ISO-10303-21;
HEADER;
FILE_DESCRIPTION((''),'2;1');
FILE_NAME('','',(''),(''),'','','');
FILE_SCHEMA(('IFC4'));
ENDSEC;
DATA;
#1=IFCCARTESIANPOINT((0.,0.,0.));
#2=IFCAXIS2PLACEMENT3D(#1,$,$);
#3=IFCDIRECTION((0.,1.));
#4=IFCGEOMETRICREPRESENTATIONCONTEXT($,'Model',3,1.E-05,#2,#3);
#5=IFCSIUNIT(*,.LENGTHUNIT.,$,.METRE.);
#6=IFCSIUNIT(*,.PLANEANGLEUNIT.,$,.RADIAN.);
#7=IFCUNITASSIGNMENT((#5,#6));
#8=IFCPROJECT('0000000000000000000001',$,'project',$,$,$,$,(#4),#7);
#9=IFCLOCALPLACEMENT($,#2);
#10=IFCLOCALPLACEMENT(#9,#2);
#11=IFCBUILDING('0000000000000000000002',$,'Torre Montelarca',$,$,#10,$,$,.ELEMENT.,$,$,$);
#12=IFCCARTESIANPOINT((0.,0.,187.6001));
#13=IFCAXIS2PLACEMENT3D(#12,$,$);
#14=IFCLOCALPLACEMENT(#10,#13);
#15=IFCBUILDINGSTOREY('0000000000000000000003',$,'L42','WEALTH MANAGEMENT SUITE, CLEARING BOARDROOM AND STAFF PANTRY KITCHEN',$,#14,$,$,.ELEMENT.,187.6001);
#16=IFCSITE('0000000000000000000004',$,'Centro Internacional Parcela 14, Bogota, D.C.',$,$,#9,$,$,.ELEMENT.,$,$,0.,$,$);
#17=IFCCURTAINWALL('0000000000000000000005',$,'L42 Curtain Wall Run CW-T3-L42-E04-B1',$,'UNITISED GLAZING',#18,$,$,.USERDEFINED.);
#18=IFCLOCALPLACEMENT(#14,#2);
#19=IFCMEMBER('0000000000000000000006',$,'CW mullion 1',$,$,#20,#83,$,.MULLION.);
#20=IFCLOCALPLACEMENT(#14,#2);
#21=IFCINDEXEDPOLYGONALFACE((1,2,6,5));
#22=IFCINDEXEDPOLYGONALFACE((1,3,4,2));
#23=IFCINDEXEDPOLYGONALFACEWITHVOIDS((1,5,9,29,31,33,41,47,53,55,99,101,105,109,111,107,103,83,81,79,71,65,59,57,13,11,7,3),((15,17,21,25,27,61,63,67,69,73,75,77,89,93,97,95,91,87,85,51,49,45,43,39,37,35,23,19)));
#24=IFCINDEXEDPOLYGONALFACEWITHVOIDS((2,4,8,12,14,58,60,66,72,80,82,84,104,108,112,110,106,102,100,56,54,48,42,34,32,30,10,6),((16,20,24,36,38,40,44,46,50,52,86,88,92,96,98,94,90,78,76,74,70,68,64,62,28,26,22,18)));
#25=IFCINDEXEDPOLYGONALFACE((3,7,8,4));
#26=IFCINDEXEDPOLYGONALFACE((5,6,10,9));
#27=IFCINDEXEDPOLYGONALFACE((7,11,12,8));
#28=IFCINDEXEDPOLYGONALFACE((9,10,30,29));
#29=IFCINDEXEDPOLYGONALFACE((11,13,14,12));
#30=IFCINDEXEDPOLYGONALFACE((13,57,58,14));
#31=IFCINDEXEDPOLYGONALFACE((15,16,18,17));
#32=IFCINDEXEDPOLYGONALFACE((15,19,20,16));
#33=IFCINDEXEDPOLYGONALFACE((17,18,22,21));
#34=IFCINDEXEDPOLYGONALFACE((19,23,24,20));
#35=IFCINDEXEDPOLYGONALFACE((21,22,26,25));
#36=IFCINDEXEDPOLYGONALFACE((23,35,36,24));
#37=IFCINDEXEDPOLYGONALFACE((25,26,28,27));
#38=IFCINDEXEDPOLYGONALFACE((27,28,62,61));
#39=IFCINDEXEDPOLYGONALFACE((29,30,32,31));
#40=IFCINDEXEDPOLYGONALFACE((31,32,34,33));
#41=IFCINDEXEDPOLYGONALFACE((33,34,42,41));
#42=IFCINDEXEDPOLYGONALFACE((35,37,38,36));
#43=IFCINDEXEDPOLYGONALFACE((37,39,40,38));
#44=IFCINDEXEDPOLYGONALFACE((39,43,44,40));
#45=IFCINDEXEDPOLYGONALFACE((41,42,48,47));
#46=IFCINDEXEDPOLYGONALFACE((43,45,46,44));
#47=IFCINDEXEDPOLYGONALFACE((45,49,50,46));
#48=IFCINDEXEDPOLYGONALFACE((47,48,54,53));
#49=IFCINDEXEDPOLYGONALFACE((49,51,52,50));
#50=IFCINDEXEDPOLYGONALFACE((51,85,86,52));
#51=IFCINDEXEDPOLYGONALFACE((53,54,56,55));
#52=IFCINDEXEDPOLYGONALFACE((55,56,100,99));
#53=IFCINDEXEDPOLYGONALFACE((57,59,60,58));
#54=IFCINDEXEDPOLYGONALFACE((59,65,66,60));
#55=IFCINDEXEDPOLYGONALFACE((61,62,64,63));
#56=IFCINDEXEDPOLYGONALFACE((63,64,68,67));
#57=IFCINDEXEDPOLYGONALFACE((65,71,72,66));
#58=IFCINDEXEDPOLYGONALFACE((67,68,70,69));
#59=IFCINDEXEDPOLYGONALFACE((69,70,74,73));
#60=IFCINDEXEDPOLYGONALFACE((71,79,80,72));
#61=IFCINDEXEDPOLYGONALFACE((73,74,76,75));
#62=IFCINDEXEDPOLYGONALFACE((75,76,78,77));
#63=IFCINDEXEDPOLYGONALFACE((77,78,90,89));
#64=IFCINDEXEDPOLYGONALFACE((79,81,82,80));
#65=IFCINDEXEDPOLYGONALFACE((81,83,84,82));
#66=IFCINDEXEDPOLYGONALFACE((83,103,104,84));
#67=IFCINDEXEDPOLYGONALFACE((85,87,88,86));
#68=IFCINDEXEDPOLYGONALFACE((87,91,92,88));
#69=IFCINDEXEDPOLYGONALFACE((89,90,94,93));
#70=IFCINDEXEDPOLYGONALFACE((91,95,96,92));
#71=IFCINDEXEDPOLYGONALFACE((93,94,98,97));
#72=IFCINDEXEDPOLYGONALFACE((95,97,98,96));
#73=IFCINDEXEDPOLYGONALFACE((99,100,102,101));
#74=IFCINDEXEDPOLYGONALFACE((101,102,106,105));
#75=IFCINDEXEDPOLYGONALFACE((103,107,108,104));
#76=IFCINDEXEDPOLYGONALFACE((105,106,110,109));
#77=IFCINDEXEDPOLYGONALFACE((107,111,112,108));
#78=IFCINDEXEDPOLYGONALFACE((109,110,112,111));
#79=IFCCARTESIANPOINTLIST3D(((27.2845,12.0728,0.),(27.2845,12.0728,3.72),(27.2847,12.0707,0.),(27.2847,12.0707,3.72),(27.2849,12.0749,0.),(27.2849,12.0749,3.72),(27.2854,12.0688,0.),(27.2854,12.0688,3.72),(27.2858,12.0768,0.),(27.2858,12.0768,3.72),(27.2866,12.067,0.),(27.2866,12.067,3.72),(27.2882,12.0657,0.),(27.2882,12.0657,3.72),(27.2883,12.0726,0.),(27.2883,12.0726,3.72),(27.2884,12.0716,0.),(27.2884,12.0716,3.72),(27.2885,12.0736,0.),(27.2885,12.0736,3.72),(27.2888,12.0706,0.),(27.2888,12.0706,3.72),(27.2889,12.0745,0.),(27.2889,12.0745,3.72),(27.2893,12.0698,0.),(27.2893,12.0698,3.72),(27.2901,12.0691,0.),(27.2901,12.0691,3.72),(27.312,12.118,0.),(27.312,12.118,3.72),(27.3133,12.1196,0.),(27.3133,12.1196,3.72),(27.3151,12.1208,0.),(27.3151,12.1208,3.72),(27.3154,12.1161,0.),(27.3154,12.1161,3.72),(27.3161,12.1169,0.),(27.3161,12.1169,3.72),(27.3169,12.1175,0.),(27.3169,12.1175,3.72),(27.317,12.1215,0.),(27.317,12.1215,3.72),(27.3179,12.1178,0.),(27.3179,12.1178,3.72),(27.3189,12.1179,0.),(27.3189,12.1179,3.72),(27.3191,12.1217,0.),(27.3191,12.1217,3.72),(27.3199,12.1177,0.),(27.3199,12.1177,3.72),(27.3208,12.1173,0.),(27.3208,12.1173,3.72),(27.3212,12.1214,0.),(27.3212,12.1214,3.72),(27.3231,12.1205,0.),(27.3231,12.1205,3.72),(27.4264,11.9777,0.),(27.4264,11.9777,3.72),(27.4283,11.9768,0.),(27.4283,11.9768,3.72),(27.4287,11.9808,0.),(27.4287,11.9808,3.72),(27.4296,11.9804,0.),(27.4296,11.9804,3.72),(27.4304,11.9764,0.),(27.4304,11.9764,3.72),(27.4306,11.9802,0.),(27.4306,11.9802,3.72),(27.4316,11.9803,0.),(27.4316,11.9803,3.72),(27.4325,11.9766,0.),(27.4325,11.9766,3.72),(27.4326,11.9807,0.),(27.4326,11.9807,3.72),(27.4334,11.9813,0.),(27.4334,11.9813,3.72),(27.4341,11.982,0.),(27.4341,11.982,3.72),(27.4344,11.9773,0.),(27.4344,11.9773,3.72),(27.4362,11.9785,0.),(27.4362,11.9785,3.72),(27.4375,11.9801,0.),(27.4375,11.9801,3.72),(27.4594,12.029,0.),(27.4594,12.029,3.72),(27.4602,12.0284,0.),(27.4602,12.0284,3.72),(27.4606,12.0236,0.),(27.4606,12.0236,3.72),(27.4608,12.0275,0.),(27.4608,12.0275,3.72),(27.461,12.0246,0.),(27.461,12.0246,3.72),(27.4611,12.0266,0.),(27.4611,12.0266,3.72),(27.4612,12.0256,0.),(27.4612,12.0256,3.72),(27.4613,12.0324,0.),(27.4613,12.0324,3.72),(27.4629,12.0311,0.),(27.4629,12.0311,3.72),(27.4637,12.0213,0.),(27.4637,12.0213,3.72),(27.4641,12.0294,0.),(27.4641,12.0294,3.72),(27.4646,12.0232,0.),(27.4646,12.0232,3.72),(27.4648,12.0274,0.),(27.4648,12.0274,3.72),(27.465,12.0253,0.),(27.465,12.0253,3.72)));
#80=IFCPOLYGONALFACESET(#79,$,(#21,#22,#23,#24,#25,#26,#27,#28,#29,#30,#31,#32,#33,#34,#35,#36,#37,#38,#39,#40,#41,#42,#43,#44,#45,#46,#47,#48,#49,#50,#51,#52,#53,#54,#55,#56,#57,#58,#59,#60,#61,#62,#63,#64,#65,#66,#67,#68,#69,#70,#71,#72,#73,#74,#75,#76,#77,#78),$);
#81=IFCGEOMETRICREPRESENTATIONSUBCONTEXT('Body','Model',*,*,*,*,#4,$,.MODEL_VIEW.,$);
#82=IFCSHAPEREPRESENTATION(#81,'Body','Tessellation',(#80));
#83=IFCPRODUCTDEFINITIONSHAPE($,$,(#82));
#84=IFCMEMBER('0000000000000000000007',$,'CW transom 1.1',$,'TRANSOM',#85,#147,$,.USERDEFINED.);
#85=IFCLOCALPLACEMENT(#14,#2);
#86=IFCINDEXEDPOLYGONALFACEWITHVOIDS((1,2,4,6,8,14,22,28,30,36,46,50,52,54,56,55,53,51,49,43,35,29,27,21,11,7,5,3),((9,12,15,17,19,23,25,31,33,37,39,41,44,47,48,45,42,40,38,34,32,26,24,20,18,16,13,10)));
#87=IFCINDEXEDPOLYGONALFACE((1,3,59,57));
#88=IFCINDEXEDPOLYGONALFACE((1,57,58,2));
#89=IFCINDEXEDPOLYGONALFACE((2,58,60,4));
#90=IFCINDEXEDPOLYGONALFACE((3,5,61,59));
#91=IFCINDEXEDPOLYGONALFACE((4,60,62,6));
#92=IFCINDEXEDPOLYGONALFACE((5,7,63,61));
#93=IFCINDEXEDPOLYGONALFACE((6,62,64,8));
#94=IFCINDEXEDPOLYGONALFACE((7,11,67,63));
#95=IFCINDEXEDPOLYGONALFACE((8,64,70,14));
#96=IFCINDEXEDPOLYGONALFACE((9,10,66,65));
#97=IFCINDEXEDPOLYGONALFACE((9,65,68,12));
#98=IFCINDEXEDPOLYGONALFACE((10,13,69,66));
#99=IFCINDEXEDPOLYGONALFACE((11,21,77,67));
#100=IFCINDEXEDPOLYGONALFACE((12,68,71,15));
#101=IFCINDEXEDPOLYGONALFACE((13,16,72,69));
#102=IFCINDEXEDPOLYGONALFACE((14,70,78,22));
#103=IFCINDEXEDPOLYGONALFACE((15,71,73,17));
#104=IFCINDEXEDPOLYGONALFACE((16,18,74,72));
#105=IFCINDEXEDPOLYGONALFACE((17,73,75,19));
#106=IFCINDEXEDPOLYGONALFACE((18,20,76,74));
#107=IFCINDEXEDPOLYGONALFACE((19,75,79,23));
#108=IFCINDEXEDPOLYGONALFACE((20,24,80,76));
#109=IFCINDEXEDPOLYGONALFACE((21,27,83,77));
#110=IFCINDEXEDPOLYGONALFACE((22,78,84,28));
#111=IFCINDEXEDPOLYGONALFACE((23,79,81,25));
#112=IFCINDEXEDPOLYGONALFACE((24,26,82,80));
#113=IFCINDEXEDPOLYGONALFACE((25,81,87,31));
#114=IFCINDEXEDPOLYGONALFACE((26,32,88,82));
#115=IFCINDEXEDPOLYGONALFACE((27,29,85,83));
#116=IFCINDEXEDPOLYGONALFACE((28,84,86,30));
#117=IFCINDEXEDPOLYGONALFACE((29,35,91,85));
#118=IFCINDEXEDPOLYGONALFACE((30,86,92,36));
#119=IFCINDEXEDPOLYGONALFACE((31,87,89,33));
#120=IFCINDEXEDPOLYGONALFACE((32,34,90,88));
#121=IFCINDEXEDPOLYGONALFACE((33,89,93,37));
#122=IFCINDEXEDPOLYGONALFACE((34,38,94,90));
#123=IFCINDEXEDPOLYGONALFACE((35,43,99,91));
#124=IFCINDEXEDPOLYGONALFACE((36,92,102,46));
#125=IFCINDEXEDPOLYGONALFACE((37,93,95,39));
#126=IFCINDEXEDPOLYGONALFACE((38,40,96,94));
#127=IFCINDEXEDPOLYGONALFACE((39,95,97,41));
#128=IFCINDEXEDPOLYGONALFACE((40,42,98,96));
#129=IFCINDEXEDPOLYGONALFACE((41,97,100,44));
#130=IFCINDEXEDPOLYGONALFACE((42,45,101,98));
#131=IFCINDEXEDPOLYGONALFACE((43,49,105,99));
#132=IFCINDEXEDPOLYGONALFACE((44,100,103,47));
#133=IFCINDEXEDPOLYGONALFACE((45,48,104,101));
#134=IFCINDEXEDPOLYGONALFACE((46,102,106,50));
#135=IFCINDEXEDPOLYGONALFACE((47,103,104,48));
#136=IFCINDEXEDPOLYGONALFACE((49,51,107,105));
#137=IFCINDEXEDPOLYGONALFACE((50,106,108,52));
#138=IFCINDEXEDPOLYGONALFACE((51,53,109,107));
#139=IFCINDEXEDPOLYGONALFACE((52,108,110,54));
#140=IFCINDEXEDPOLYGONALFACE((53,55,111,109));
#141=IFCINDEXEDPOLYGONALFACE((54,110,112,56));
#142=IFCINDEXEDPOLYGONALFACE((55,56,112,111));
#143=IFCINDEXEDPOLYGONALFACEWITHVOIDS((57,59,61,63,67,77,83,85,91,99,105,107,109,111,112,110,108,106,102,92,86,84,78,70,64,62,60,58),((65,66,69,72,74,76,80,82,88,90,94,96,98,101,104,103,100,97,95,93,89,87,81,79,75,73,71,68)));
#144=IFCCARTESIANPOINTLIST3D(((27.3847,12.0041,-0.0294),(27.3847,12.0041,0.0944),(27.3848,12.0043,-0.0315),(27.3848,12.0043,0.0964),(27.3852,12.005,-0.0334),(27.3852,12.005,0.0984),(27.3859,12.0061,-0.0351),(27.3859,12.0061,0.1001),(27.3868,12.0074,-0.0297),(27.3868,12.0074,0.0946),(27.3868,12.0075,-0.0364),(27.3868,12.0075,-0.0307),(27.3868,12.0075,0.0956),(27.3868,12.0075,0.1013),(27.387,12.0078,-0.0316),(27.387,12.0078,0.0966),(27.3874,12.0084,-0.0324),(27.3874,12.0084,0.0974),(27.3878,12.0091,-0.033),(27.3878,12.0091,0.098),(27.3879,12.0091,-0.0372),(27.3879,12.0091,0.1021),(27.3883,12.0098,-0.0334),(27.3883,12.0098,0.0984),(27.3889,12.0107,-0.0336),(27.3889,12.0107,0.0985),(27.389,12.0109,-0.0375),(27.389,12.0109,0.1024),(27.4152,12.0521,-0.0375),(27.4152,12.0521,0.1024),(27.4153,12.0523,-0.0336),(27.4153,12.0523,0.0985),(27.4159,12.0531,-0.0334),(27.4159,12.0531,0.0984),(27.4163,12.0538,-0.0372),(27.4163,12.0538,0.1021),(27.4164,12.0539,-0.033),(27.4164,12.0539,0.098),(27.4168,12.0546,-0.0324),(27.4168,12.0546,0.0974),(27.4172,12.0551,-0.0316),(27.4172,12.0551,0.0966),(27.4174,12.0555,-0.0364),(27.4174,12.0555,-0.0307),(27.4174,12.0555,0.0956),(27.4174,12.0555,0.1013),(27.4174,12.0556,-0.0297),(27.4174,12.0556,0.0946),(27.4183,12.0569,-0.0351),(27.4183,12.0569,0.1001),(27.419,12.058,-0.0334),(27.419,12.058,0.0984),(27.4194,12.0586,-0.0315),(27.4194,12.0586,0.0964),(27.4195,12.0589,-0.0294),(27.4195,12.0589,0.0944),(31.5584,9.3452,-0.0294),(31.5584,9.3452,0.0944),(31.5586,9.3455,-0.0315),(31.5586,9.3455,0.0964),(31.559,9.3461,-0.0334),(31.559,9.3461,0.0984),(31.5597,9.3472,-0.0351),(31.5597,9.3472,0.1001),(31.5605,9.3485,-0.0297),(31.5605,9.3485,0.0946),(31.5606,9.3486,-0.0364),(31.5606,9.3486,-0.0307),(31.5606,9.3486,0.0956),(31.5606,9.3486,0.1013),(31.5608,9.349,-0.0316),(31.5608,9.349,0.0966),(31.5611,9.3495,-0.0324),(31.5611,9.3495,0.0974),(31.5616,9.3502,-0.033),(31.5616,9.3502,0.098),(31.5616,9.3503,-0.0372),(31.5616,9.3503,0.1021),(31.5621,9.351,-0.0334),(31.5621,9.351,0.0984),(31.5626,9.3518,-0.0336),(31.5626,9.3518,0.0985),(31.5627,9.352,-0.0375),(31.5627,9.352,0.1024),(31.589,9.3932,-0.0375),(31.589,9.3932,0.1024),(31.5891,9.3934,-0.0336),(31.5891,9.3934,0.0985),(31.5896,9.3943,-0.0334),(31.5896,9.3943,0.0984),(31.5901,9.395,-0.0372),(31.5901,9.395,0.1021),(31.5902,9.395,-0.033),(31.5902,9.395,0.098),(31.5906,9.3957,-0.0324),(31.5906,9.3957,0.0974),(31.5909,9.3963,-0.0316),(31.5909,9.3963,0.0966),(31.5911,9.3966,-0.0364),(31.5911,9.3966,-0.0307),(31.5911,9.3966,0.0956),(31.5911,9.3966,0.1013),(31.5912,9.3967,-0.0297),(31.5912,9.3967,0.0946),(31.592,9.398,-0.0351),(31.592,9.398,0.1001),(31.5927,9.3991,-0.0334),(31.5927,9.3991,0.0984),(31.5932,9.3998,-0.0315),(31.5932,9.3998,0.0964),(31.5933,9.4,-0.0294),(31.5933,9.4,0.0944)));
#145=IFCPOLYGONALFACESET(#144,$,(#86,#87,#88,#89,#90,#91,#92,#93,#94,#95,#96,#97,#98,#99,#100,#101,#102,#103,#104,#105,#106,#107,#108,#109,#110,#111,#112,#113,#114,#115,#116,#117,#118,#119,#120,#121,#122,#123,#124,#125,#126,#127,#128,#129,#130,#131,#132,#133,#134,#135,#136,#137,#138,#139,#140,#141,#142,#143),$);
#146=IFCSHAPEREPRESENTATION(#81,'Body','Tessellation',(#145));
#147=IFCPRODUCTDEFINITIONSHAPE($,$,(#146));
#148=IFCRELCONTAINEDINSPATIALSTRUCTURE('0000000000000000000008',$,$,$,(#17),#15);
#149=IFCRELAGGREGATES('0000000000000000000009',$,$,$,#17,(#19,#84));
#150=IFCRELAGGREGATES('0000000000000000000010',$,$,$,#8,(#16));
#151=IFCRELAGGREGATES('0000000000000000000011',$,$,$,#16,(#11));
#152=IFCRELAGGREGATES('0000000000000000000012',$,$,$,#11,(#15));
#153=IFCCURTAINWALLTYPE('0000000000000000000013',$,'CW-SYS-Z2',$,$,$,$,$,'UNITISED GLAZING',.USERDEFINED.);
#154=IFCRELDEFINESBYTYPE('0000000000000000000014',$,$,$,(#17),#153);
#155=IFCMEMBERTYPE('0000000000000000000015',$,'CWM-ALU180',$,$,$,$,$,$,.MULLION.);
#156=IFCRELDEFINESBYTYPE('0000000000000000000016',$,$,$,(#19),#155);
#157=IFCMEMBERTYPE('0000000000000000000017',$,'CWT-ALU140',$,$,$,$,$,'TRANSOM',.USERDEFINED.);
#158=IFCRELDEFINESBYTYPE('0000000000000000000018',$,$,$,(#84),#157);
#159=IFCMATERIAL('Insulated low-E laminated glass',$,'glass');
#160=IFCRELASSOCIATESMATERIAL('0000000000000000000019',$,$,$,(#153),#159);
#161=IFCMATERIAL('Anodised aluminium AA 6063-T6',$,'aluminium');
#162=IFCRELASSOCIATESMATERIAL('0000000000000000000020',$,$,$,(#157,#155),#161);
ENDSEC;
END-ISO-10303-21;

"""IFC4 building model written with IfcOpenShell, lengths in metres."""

from ifc_helpers import new_model, si_unit, direction, frame, origin, origin_2d, place, context, subcontext, project, spatial, hollow_rectangle, extrude, source, transform, mapped, material, material_profile, profile_set, type_object, element, aggregate, save


model = new_model("IFC4")

# Units and contexts
model_context = context("Model", 3, precision=1e-05, world=origin(), true_north=direction((0.0, 1.0)))
body_context = subcontext(model_context, "Body", "Model", "MODEL_VIEW")
ifc_project = project(units=[si_unit("LENGTHUNIT", "METRE"), si_unit("PLANEANGLEUNIT", "RADIAN")], contexts=[model_context])

# Site, building, storey
site_placement = place(None, origin())
site = spatial("IfcSite", under=ifc_project, at=site_placement, Name="Centro Internacional Parcela 14, Bogota, D.C.", CompositionType="ELEMENT", RefElevation=0.0)
building_placement = place(site_placement, origin())
building = spatial("IfcBuilding", under=site, at=building_placement, Name="Torre Montelarca", CompositionType="ELEMENT")
storey_placement = place(building_placement, frame((0.0, 0.0, 187.6001)))
storey = spatial("IfcBuildingStorey", under=building, at=storey_placement, Name="L42", Description="WEALTH MANAGEMENT SUITE, CLEARING BOARDROOM AND STAFF PANTRY KITCHEN", CompositionType="ELEMENT", Elevation=187.6001)

# Curtain wall, members
ifc_material_1 = material(Name="Insulated low-E laminated glass", Category="glass")
curtain_wall_type = type_object("IfcCurtainWallType", Name="CW-SYS-Z2", ElementType="UNITISED GLAZING", PredefinedType="USERDEFINED", material=ifc_material_1)
ifc_material_2 = material(Name="Anodised aluminium AA 6063-T6", Category="aluminium")
ifc_material_profile_1 = material_profile(ifc_material_2, hollow_rectangle(XDim=0.0649, YDim=0.1399, WallThickness=0.0039, InnerFilletRadius=0.0039, OuterFilletRadius=0.0081, at=origin_2d()), Name="ALU65X140X4", Category="aluminium")
ifc_profile_set_1 = profile_set([ifc_material_profile_1], Name="Anodised aluminium AA 6063-T6")
member_type_1 = type_object("IfcMemberType", Name="CWT-ALU140", ElementType="TRANSOM", PredefinedType="USERDEFINED", material=ifc_profile_set_1)
ifc_material_profile_2 = material_profile(ifc_material_2, hollow_rectangle(XDim=0.0649, YDim=0.1799, WallThickness=0.0039, InnerFilletRadius=0.0039, OuterFilletRadius=0.0081, at=origin_2d()), Name="ALU65X180X4", Category="aluminium")
ifc_profile_set_2 = profile_set([ifc_material_profile_2], Name="Anodised aluminium AA 6063-T6")
member_type_2 = type_object("IfcMemberType", Name="CWM-ALU180", PredefinedType="MULLION", material=ifc_profile_set_2)
shared_shape_1 = source(origin(), body_context, "Body", "SweptSolid", [
    extrude(hollow_rectangle(XDim=0.0649, YDim=0.1799, WallThickness=0.0039, InnerFilletRadius=0.0039, OuterFilletRadius=0.0081, at=origin_2d()), origin(), (0.0, 0.0, 1.0), 3.72),
])
curtain_wall_1_placement = place(storey_placement, origin())
curtain_wall_1 = element("IfcCurtainWall", 1, at=curtain_wall_1_placement, inside=storey, type_object=curtain_wall_type, Name="L42 Curtain Wall Run CW-T3-L42-E04-B1", ObjectType="UNITISED GLAZING", PredefinedType="USERDEFINED")
member_1_placement = place(storey_placement, frame((27.3748, 12.0491, 0.0), z_axis=(0.0, 0.0, 1.0), x_axis=(0.53731, 0.843385, 0.0)))
member_1 = element("IfcMember", 2, at=member_1_placement, type_object=member_type_2, Name="CW mullion 1", PredefinedType="MULLION", context=body_context, shape_type="MappedRepresentation", body=[
    mapped(shared_shape_1, transform((0.0, 0.0, 0.0), scale=1.0)),
])
shared_shape_2 = source(origin(), body_context, "Body", "SweptSolid", [
    extrude(hollow_rectangle(XDim=0.0649, YDim=0.1399, WallThickness=0.0039, InnerFilletRadius=0.0039, OuterFilletRadius=0.0081, at=origin_2d()), origin(), (0.0, 0.0, 1.0), 4.9487),
])
member_2_placement = place(storey_placement, frame((27.4021, 12.0315, 0.0325), z_axis=(0.843399, -0.537287, 0.0), x_axis=(0.537287, 0.843399, 0.0)))
member_2 = element("IfcMember", 3, at=member_2_placement, type_object=member_type_1, Name="CW transom 1.1", ObjectType="TRANSOM", PredefinedType="USERDEFINED", context=body_context, shape_type="MappedRepresentation", body=[
    mapped(shared_shape_2, transform((0.0, 0.0, 0.0), scale=1.0)),
])
aggregate(curtain_wall_1, [member_1, member_2])

save(model, "model.ifc")
